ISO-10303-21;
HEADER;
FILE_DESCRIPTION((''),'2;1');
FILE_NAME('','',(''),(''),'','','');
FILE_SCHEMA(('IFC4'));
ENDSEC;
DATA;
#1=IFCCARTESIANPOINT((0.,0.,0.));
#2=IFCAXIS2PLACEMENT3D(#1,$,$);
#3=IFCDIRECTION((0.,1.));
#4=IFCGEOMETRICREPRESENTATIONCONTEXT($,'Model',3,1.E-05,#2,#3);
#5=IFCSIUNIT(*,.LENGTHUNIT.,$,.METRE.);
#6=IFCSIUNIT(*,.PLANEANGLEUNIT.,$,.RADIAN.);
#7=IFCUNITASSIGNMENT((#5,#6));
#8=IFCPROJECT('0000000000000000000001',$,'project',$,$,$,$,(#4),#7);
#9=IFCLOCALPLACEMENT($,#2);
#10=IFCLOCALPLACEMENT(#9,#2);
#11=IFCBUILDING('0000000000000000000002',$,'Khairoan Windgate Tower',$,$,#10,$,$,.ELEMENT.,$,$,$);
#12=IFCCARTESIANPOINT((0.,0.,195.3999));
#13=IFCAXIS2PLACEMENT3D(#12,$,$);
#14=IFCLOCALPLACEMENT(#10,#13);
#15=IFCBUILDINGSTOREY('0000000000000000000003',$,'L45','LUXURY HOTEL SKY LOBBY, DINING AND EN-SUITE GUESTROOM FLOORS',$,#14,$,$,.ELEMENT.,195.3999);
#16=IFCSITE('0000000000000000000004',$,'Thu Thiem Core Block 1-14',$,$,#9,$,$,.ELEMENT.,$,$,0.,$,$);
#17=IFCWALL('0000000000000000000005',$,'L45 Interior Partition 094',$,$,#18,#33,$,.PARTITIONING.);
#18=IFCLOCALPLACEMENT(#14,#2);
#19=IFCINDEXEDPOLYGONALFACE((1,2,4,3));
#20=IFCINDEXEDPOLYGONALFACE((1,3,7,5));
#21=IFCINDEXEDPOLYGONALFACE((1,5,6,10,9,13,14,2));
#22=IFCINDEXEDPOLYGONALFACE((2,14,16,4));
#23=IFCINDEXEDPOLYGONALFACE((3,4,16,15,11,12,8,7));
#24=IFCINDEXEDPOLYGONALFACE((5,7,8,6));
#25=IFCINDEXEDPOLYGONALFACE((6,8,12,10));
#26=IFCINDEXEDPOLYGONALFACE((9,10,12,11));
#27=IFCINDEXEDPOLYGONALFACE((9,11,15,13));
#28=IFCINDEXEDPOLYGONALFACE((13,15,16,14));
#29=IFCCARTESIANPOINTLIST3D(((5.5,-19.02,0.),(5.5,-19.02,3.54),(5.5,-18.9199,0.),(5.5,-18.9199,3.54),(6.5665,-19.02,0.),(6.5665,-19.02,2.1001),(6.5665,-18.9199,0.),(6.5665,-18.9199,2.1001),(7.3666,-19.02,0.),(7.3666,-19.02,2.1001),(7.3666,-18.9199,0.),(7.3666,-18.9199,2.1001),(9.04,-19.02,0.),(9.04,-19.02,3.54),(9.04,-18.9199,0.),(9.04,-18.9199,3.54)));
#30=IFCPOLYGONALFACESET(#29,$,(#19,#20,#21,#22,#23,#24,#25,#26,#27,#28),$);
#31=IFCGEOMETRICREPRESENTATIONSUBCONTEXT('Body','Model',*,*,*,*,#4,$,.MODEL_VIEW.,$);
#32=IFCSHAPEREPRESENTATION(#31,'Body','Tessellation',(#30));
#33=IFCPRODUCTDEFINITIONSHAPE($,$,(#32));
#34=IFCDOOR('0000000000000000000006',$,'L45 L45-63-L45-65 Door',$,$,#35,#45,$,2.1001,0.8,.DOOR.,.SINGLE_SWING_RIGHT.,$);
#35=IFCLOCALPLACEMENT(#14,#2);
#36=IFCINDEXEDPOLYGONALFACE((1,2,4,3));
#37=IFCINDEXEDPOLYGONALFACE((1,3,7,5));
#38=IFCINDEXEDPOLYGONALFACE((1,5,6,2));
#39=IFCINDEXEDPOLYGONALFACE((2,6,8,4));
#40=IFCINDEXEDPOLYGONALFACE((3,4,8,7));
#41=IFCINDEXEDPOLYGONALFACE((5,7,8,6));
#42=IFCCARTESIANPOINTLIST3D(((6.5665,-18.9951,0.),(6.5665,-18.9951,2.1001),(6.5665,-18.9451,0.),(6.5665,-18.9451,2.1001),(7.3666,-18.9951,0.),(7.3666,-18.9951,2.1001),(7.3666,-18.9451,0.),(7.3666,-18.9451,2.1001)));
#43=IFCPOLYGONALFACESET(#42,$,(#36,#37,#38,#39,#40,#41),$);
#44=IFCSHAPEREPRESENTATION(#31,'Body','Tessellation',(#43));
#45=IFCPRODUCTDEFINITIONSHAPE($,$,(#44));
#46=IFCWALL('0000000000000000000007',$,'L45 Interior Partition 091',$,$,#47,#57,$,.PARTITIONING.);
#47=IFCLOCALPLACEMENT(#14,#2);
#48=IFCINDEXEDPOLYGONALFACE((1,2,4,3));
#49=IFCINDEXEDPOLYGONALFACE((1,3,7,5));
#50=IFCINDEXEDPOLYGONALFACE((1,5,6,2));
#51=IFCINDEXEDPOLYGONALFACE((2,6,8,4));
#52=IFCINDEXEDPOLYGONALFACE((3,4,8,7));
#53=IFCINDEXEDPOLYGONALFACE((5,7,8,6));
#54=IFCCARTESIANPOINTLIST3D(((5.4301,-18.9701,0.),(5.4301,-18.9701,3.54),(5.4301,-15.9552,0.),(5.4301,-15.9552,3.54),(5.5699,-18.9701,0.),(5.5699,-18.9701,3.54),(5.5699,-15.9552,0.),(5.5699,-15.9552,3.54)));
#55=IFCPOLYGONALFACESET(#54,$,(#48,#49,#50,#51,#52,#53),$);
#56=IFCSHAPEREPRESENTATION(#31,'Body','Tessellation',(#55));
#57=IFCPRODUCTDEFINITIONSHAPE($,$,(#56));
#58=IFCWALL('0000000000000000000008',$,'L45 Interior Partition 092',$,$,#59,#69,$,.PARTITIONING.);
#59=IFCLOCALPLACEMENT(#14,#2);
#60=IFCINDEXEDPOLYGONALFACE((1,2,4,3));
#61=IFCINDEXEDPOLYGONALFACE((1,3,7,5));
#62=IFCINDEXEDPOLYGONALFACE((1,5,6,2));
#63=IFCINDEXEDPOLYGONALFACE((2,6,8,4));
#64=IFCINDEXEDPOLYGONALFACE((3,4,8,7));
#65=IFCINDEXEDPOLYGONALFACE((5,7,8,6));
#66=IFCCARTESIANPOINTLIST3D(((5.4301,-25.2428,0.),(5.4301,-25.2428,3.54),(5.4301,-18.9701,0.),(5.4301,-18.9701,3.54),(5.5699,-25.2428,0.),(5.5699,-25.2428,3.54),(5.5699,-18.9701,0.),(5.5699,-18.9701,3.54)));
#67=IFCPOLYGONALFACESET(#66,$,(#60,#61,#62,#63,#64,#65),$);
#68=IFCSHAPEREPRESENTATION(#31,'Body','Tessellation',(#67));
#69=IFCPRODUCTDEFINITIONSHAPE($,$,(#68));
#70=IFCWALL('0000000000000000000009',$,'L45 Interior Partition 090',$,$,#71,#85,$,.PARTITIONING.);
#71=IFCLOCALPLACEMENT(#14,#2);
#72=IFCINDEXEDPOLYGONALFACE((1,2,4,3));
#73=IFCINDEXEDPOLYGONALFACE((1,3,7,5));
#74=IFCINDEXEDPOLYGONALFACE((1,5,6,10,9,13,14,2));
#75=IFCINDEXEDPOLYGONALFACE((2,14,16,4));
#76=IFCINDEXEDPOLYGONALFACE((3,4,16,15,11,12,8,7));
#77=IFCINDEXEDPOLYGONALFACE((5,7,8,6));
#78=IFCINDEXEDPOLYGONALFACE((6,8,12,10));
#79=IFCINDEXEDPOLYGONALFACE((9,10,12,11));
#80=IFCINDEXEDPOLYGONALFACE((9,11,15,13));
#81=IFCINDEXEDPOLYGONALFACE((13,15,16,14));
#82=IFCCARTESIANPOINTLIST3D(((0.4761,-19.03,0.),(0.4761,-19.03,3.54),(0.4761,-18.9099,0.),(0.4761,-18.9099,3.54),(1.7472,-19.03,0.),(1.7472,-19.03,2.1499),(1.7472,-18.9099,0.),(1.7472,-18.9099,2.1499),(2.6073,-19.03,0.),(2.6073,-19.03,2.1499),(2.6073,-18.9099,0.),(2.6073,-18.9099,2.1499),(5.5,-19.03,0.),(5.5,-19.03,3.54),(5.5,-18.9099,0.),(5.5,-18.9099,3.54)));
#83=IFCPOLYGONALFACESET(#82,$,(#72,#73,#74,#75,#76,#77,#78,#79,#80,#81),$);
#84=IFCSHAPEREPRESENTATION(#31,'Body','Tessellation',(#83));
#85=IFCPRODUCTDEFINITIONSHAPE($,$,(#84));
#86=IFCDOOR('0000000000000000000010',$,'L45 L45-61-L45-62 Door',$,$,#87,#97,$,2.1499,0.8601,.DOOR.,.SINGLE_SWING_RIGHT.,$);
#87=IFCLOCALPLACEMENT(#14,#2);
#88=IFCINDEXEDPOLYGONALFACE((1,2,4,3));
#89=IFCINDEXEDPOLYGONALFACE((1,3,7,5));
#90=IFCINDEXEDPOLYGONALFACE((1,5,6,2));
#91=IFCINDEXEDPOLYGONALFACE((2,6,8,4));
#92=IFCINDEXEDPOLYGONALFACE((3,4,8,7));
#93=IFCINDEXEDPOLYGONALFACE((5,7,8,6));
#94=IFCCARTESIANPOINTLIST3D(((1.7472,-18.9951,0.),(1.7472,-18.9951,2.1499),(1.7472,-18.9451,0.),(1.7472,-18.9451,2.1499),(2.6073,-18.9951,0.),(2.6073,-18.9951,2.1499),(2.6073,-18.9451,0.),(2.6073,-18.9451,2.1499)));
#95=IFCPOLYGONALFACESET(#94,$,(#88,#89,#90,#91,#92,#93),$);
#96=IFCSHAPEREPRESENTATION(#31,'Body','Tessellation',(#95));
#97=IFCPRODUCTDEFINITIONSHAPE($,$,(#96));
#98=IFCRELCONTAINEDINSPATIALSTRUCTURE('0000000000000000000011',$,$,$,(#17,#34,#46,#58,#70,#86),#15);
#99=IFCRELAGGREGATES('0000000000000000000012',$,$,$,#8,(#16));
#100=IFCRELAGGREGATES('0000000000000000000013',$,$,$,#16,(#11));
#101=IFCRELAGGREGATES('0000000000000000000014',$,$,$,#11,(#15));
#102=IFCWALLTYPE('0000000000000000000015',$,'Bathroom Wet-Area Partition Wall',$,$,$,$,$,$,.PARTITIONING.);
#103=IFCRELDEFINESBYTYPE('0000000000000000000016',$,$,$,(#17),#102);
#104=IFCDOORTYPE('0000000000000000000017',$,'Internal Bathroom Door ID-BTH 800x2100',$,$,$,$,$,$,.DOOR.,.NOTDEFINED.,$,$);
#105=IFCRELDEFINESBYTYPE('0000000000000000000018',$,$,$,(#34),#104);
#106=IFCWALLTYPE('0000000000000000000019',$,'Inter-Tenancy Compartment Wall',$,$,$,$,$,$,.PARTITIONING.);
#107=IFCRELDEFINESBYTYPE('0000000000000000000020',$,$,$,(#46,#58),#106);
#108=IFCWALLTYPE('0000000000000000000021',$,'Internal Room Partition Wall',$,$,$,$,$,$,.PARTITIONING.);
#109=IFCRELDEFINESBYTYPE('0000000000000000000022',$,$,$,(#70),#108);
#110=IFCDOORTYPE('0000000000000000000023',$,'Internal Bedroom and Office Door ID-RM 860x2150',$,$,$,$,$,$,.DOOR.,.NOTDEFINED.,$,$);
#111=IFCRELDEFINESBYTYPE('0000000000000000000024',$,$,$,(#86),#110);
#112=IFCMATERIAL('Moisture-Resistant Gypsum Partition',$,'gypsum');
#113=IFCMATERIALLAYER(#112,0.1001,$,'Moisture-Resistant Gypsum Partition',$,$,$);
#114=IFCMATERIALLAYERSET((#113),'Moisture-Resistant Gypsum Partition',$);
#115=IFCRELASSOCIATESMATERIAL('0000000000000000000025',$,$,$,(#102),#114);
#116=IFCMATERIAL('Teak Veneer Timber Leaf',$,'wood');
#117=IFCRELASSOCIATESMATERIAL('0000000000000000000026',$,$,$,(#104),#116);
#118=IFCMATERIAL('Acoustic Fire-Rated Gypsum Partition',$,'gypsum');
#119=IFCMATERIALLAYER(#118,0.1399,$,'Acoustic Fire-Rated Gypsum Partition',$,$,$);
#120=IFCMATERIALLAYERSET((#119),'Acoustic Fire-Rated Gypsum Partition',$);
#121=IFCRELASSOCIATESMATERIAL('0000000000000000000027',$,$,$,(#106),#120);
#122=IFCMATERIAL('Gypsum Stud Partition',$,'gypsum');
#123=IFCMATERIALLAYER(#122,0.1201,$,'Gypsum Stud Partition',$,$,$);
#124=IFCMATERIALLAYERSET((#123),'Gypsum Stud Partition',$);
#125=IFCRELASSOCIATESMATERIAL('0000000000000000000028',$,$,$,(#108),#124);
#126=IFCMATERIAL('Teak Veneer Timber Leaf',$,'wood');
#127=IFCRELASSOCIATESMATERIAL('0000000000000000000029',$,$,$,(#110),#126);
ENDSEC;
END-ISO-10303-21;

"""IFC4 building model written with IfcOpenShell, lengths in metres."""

from ifc_helpers import new_model, si_unit, direction, frame, frame_2d, origin, place, context, subcontext, project, spatial, rectangle, extrude, material, layer, layer_set, type_object, element, fill, save


model = new_model("IFC4")

# Units and contexts
model_context = context("Model", 3, precision=1e-05, world=origin(), true_north=direction((0.0, 1.0)))
body_context = subcontext(model_context, "Body", "Model", "MODEL_VIEW")
ifc_project = project(units=[si_unit("LENGTHUNIT", "METRE"), si_unit("PLANEANGLEUNIT", "RADIAN")], contexts=[model_context])

# Site, building, storey
site_placement = place(None, origin())
site = spatial("IfcSite", under=ifc_project, at=site_placement, Name="Thu Thiem Core Block 1-14", CompositionType="ELEMENT", RefElevation=0.0)
building_placement = place(site_placement, origin())
building = spatial("IfcBuilding", under=site, at=building_placement, Name="Khairoan Windgate Tower", CompositionType="ELEMENT")
storey_placement = place(building_placement, frame((0.0, 0.0, 195.3999)))
storey = spatial("IfcBuildingStorey", under=building, at=storey_placement, Name="L45", Description="LUXURY HOTEL SKY LOBBY, DINING AND EN-SUITE GUESTROOM FLOORS", CompositionType="ELEMENT", Elevation=195.3999)

# Wall, opening, door
ifc_material_1 = material(Name="Moisture-Resistant Gypsum Partition", Category="gypsum")
ifc_layer_1 = layer(ifc_material_1, 0.1001, Name="Moisture-Resistant Gypsum Partition")
ifc_layer_set_1 = layer_set([ifc_layer_1], Name="Moisture-Resistant Gypsum Partition")
wall_type_1 = type_object("IfcWallType", Name="Bathroom Wet-Area Partition Wall", PredefinedType="PARTITIONING", material=ifc_layer_set_1)
ifc_material_2 = material(Name="Teak Veneer Timber Leaf", Category="wood")
door_type_1 = type_object("IfcDoorType", Name="Internal Bathroom Door ID-BTH 800x2100", OperationType="NOTDEFINED", PredefinedType="DOOR", material=ifc_material_2)
wall_1_placement = place(storey_placement, frame((5.5, -18.97, 0.0), z_axis=(0.0, 0.0, 1.0), x_axis=(1.0, 0.0, 0.0)))
wall_1 = element("IfcWall", 1, at=wall_1_placement, inside=storey, type_object=wall_type_1, Name="L45 Interior Partition 094", PredefinedType="PARTITIONING", context=body_context, shape_type="SweptSolid", body=[
    extrude(rectangle(XDim=3.54, YDim=0.1001, at=frame_2d((1.77, 0.0))), origin(), (0.0, 0.0, 1.0), 3.54),
])
opening_1_placement = place(wall_1_placement, frame((1.0667, 0.0, 0.0)))
opening_1 = element("IfcOpeningElement", 2, at=opening_1_placement, cuts=wall_1, PredefinedType="OPENING", context=body_context, shape_type="SweptSolid", body=[
    extrude(rectangle(XDim=0.8, YDim=2.1001, at=frame_2d((0.3999, 1.05))), frame((0.0, 0.0601, 0.0), z_axis=(0.0, -1.0, 0.0), x_axis=(1.0, 0.0, 0.0)), (0.0, 0.0, 1.0), 0.1201),
])
door_1_placement = place(opening_1_placement, origin())
door_1 = element("IfcDoor", 3, at=door_1_placement, inside=storey, type_object=door_type_1, Name="L45 L45-63-L45-65 Door", OperationType="SINGLE_SWING_RIGHT", OverallHeight=2.1001, OverallWidth=0.8, PredefinedType="DOOR", context=body_context, shape_type="SweptSolid", body=[
    extrude(rectangle(XDim=0.8, YDim=2.1001, at=frame_2d((0.3999, 1.05))), frame((0.0, 0.0249, 0.0), z_axis=(0.0, -1.0, 0.0), x_axis=(1.0, 0.0, 0.0)), (0.0, 0.0, 1.0), 0.05),
])
fill(opening_1, door_1)

# Walls
ifc_material_3 = material(Name="Acoustic Fire-Rated Gypsum Partition", Category="gypsum")
ifc_layer_2 = layer(ifc_material_3, 0.1399, Name="Acoustic Fire-Rated Gypsum Partition")
ifc_layer_set_2 = layer_set([ifc_layer_2], Name="Acoustic Fire-Rated Gypsum Partition")
wall_type_2 = type_object("IfcWallType", Name="Inter-Tenancy Compartment Wall", PredefinedType="PARTITIONING", material=ifc_layer_set_2)
wall_2_placement = place(storey_placement, frame((5.5, -18.97, 0.0), z_axis=(0.0, 0.0, 1.0), x_axis=(0.0, 1.0, 0.0)))
element("IfcWall", 4, at=wall_2_placement, inside=storey, type_object=wall_type_2, Name="L45 Interior Partition 091", PredefinedType="PARTITIONING", context=body_context, shape_type="SweptSolid", body=[
    extrude(rectangle(XDim=3.0149, YDim=0.1399, at=frame_2d((1.5073, 0.0))), origin(), (0.0, 0.0, 1.0), 3.54),
])
wall_3_placement = place(storey_placement, frame((5.5, -25.2427, 0.0), z_axis=(0.0, 0.0, 1.0), x_axis=(0.0, 1.0, 0.0)))
element("IfcWall", 5, at=wall_3_placement, inside=storey, type_object=wall_type_2, Name="L45 Interior Partition 092", PredefinedType="PARTITIONING", context=body_context, shape_type="SweptSolid", body=[
    extrude(rectangle(XDim=6.2727, YDim=0.1399, at=frame_2d((3.1362, 0.0))), origin(), (0.0, 0.0, 1.0), 3.54),
])

# Wall, opening, door
ifc_material_4 = material(Name="Gypsum Stud Partition", Category="gypsum")
ifc_layer_3 = layer(ifc_material_4, 0.1201, Name="Gypsum Stud Partition")
ifc_layer_set_3 = layer_set([ifc_layer_3], Name="Gypsum Stud Partition")
wall_type_3 = type_object("IfcWallType", Name="Internal Room Partition Wall", PredefinedType="PARTITIONING", material=ifc_layer_set_3)
wall_4_placement = place(storey_placement, frame((0.4761, -18.97, 0.0), z_axis=(0.0, 0.0, 1.0), x_axis=(1.0, 0.0, 0.0)))
wall_4 = element("IfcWall", 6, at=wall_4_placement, inside=storey, type_object=wall_type_3, Name="L45 Interior Partition 090", PredefinedType="PARTITIONING", context=body_context, shape_type="SweptSolid", body=[
    extrude(rectangle(XDim=5.0239, YDim=0.1201, at=frame_2d((2.512, 0.0))), origin(), (0.0, 0.0, 1.0), 3.54),
])
opening_2_placement = place(wall_4_placement, frame((1.271, 0.0, 0.0)))
opening_2 = element("IfcOpeningElement", 7, at=opening_2_placement, cuts=wall_4, PredefinedType="OPENING", context=body_context, shape_type="SweptSolid", body=[
    extrude(rectangle(XDim=0.8601, YDim=2.1499, at=frame_2d((0.4302, 1.075))), frame((0.0, 0.0701, 0.0), z_axis=(0.0, -1.0, 0.0), x_axis=(1.0, 0.0, 0.0)), (0.0, 0.0, 1.0), 0.1401),
])
ifc_material_5 = material(Name="Teak Veneer Timber Leaf", Category="wood")
door_type_2 = type_object("IfcDoorType", Name="Internal Bedroom and Office Door ID-RM 860x2150", OperationType="NOTDEFINED", PredefinedType="DOOR", material=ifc_material_5)
door_2_placement = place(opening_2_placement, origin())
door_2 = element("IfcDoor", 8, at=door_2_placement, inside=storey, type_object=door_type_2, Name="L45 L45-61-L45-62 Door", OperationType="SINGLE_SWING_RIGHT", OverallHeight=2.1499, OverallWidth=0.8601, PredefinedType="DOOR", context=body_context, shape_type="SweptSolid", body=[
    extrude(rectangle(XDim=0.8601, YDim=2.1499, at=frame_2d((0.4302, 1.075))), frame((0.0, 0.0249, 0.0), z_axis=(0.0, -1.0, 0.0), x_axis=(1.0, 0.0, 0.0)), (0.0, 0.0, 1.0), 0.05),
])
fill(opening_2, door_2)

save(model, "model.ifc")
